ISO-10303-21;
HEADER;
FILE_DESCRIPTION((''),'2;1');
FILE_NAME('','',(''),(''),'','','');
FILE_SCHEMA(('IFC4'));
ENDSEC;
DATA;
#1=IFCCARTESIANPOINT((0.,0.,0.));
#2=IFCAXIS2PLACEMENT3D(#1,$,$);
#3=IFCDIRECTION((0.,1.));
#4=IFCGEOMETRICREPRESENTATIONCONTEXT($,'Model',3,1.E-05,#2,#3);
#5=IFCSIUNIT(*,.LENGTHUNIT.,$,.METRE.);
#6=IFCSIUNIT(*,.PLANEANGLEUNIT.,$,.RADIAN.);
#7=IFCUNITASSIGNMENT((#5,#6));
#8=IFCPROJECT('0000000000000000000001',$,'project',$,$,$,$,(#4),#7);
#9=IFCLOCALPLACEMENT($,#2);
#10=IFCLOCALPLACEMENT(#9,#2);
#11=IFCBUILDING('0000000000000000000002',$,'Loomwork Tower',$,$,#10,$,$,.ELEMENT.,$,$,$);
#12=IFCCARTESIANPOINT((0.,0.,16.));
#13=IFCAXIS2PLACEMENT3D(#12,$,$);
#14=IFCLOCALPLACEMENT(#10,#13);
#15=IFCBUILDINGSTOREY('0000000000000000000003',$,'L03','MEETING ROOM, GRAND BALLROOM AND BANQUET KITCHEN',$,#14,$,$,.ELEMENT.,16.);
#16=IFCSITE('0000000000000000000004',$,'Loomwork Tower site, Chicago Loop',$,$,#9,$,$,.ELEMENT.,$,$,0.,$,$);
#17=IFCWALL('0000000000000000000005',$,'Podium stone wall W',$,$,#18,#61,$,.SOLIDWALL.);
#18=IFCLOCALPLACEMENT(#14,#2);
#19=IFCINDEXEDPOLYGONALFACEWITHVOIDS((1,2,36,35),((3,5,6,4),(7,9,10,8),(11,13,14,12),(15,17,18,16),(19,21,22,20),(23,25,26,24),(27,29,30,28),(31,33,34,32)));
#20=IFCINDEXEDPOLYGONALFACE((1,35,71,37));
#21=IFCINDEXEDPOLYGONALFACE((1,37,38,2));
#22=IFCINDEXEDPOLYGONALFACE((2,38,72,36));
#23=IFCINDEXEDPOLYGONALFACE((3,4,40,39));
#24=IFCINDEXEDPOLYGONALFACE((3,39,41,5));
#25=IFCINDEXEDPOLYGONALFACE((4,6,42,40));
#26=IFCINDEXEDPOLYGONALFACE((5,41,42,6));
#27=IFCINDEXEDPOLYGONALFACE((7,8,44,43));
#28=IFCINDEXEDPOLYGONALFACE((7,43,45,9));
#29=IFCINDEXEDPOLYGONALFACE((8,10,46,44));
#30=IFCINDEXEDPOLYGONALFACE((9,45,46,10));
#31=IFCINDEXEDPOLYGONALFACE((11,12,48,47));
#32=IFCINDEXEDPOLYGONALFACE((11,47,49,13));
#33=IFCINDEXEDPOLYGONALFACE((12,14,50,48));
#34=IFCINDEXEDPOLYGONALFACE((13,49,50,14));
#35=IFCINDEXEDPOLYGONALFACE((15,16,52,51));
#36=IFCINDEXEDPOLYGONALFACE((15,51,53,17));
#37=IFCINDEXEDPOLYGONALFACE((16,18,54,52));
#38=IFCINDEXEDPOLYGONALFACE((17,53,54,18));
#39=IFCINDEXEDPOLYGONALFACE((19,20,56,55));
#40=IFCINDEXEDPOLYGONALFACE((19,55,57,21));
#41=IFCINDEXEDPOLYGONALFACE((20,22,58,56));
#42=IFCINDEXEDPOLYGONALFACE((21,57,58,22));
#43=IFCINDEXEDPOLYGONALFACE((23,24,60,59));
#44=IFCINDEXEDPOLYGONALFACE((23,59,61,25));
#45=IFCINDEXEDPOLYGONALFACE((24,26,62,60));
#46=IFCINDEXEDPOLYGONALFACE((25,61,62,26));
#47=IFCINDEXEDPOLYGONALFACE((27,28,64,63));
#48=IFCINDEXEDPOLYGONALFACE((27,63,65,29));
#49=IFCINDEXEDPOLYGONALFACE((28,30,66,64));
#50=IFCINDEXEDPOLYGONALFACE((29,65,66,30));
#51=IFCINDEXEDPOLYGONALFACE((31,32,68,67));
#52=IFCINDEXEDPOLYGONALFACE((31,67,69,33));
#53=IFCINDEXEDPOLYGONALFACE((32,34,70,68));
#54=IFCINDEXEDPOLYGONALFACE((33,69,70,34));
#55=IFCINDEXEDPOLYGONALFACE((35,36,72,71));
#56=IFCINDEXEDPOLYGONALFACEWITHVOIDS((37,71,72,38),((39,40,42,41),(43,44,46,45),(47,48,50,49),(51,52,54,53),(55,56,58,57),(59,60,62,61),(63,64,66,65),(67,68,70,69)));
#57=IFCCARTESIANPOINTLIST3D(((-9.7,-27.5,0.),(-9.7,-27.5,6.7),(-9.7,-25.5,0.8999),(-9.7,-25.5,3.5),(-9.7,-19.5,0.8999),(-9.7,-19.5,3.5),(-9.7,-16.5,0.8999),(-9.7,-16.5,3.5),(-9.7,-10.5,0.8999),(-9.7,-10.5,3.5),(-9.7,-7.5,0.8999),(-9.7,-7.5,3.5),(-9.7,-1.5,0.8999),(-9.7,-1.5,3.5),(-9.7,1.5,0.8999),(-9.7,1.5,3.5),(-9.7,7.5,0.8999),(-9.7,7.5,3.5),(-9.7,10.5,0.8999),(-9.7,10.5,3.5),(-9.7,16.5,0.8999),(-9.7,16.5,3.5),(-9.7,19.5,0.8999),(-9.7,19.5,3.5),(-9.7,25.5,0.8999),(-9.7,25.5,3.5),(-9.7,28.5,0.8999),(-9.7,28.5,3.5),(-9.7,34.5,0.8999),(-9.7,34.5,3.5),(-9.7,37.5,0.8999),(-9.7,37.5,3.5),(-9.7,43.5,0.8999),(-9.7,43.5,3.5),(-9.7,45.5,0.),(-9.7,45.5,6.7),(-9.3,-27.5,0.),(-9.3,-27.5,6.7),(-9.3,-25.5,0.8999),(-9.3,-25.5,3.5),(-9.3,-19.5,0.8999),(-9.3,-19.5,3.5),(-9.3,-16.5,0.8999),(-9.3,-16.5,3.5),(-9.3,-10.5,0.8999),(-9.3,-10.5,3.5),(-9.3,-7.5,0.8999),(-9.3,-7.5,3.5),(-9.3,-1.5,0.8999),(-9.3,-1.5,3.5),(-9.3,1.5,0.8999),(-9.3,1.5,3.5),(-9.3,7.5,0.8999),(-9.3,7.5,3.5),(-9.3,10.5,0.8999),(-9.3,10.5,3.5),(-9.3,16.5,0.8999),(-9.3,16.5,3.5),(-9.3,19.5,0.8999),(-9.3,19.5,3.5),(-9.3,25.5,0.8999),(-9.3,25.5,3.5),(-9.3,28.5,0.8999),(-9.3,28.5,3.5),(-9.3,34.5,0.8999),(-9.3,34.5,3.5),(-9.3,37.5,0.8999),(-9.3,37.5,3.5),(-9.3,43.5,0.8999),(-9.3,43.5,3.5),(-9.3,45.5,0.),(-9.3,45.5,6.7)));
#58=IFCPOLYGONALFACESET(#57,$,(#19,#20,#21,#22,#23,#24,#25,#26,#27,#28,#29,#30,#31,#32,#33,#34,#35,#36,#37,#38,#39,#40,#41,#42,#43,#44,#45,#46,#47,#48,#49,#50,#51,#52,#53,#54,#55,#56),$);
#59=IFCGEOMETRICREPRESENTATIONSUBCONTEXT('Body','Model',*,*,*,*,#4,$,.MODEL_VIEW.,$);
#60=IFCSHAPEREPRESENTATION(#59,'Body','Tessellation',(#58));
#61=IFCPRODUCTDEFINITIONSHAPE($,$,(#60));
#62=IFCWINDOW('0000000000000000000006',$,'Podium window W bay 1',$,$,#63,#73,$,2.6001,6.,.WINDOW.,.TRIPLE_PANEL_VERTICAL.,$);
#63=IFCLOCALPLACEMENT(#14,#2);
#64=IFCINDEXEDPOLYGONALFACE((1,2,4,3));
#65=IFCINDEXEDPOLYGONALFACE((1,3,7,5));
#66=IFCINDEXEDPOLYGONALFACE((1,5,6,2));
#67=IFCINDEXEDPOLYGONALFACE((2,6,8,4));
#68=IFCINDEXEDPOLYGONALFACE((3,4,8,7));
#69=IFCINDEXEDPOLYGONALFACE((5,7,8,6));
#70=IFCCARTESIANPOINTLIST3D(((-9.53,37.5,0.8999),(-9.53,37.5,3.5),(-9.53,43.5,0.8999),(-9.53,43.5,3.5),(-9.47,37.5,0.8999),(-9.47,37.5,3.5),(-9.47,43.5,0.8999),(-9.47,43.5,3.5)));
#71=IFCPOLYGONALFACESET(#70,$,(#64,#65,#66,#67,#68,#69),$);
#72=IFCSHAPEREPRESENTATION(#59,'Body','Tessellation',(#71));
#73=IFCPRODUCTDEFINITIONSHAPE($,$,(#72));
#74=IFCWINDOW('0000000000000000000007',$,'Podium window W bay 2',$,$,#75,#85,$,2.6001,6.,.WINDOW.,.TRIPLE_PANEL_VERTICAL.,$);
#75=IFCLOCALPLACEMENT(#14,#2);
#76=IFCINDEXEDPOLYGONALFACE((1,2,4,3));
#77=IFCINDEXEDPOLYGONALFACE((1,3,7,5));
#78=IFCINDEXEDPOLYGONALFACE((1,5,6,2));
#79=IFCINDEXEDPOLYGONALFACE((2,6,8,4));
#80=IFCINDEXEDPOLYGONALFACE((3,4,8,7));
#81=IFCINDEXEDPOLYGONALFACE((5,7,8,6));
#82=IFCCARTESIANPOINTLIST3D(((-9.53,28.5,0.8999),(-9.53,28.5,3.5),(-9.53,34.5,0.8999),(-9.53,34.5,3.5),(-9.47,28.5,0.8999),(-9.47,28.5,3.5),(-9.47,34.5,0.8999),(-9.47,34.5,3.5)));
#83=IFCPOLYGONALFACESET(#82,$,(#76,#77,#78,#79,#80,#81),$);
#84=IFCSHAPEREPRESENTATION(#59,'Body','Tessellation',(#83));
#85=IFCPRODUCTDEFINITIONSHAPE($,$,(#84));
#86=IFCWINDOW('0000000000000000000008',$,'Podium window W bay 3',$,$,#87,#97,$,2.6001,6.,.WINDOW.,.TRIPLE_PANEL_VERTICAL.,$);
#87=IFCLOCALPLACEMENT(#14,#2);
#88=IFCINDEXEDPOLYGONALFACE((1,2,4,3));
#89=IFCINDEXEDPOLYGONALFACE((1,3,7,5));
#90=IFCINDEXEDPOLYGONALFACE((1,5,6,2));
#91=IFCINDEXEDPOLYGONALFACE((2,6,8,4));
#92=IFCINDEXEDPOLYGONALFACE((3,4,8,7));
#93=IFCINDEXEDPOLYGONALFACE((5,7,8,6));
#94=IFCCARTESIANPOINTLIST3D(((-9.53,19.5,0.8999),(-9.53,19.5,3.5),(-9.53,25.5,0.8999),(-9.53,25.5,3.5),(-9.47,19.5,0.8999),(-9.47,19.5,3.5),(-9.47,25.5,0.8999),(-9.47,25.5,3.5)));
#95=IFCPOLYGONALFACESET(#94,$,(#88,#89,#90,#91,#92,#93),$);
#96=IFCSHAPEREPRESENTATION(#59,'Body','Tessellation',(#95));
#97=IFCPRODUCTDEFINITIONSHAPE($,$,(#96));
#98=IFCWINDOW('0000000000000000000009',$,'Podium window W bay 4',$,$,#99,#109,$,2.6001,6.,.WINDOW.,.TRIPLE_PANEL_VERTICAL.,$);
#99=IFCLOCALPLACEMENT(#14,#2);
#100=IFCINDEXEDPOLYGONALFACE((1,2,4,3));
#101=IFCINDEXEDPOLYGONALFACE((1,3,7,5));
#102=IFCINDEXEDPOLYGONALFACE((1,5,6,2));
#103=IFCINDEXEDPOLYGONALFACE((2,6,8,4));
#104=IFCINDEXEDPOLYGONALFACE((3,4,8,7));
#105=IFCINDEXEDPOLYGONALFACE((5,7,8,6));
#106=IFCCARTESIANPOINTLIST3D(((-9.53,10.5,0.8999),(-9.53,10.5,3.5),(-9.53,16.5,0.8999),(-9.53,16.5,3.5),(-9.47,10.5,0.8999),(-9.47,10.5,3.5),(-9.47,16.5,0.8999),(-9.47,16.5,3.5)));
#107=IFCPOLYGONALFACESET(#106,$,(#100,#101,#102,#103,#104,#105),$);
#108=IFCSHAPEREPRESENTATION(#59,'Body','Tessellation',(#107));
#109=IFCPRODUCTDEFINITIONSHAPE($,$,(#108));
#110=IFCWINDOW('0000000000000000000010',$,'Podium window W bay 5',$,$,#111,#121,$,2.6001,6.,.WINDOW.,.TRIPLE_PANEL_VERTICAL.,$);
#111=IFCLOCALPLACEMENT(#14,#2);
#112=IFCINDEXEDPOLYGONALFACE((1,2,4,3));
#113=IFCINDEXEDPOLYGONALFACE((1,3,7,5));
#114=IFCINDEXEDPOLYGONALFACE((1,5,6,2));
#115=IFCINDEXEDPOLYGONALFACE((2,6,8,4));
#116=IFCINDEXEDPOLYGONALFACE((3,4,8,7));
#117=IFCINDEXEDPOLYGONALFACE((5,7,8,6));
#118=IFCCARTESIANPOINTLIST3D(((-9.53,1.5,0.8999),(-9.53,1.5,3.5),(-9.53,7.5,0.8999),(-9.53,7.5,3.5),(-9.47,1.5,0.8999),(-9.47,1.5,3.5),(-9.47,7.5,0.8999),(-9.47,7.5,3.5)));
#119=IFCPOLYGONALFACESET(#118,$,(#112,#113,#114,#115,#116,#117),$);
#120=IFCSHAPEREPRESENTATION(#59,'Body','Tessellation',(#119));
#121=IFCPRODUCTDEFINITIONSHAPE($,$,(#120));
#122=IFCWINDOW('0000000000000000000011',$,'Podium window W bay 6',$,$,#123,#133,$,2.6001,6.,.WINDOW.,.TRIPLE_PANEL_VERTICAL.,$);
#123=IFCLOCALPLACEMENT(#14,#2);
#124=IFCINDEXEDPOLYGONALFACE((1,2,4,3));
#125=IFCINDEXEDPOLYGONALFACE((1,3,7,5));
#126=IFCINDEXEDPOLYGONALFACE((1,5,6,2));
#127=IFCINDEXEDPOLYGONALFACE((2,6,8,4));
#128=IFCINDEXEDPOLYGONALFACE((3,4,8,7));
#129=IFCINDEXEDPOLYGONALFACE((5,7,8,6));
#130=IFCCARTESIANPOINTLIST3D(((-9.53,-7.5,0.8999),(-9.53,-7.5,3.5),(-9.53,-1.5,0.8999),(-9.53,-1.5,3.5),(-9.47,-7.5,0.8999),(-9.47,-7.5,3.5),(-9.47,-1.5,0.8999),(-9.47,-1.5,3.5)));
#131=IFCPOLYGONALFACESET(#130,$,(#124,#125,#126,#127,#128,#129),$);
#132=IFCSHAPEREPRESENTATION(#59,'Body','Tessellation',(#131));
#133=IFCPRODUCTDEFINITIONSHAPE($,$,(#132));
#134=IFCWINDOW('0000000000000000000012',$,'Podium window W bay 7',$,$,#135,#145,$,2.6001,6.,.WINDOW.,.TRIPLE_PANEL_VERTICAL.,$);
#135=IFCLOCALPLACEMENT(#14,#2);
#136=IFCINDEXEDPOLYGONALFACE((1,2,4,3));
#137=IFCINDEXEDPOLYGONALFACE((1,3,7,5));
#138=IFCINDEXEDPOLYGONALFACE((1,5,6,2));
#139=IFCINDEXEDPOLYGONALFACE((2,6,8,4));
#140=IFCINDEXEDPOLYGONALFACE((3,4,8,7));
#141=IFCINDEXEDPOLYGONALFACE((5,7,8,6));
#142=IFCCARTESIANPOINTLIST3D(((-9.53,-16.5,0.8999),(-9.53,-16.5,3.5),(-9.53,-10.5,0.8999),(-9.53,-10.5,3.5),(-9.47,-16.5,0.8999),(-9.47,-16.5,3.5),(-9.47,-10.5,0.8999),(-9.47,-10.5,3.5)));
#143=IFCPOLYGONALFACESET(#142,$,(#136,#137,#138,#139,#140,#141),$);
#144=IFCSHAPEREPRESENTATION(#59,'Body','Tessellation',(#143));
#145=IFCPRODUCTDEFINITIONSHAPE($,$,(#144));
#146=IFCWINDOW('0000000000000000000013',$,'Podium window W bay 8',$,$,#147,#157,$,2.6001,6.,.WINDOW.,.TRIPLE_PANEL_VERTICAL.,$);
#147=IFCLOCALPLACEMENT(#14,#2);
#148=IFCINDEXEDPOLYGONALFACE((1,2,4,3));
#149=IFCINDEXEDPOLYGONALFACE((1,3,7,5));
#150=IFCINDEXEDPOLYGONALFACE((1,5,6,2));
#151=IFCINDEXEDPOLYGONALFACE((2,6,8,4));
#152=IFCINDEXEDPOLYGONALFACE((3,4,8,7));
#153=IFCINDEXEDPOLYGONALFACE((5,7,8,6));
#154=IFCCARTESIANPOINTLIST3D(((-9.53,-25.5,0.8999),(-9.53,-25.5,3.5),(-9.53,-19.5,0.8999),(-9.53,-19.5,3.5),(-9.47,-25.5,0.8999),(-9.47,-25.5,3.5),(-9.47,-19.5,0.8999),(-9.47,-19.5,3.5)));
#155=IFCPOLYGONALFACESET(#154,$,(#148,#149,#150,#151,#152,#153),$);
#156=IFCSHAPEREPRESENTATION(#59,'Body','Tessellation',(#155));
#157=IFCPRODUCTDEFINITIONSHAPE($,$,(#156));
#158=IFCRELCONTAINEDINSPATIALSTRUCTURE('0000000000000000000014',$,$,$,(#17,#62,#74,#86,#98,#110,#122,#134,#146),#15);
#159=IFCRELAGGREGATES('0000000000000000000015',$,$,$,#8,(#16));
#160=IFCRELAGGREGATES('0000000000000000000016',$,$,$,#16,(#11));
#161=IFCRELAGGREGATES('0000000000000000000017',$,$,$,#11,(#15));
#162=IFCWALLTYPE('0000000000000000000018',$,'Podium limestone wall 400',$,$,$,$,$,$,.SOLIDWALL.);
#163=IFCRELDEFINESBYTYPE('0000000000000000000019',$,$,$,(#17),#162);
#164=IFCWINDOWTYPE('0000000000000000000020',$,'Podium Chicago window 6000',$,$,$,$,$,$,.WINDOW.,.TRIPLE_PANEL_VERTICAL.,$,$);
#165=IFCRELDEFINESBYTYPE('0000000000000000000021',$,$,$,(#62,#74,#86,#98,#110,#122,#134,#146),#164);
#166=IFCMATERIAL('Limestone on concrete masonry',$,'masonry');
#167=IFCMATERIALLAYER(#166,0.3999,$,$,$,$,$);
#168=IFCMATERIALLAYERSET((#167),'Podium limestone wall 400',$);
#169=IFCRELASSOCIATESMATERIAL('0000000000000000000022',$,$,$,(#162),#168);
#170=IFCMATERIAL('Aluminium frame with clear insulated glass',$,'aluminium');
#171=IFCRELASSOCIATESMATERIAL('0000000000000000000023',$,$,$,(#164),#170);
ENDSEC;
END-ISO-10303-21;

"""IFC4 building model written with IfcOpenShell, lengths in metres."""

from ifc_helpers import new_model, si_unit, direction, frame, frame_2d, origin, place, context, subcontext, project, spatial, rectangle, extrude, material, layer, layer_set, type_object, element, fill, save


model = new_model("IFC4")

# Units and contexts
model_context = context("Model", 3, precision=1e-05, world=origin(), true_north=direction((0.0, 1.0)))
body_context = subcontext(model_context, "Body", "Model", "MODEL_VIEW")
ifc_project = project(units=[si_unit("LENGTHUNIT", "METRE"), si_unit("PLANEANGLEUNIT", "RADIAN")], contexts=[model_context])

# Site, building, storey
site_placement = place(None, origin())
site = spatial("IfcSite", under=ifc_project, at=site_placement, Name="Loomwork Tower site, Chicago Loop", CompositionType="ELEMENT", RefElevation=0.0)
building_placement = place(site_placement, origin())
building = spatial("IfcBuilding", under=site, at=building_placement, Name="Loomwork Tower", CompositionType="ELEMENT")
storey_placement = place(building_placement, frame((0.0, 0.0, 16.0)))
storey = spatial("IfcBuildingStorey", under=building, at=storey_placement, Name="L03", Description="MEETING ROOM, GRAND BALLROOM AND BANQUET KITCHEN", CompositionType="ELEMENT", Elevation=16.0)

# Wall, openings, windows
ifc_material_1 = material(Name="Limestone on concrete masonry", Category="masonry")
ifc_layer_1 = layer(ifc_material_1, 0.3999)
ifc_layer_set_1 = layer_set([ifc_layer_1], Name="Podium limestone wall 400")
wall_type_1 = type_object("IfcWallType", Name="Podium limestone wall 400", PredefinedType="SOLIDWALL", material=ifc_layer_set_1)
wall_1_placement = place(storey_placement, frame((-9.5, 45.5, 0.0), z_axis=(0.0, 0.0, 1.0), x_axis=(0.0, -1.0, 0.0)))
wall_1 = element("IfcWall", 1, at=wall_1_placement, inside=storey, type_object=wall_type_1, Name="Podium stone wall W", PredefinedType="SOLIDWALL", context=body_context, shape_type="SweptSolid", body=[
    extrude(rectangle(XDim=73.0, YDim=0.3999, at=frame_2d((36.5, 0.0))), origin(), (0.0, 0.0, 1.0), 6.7),
])
opening_1_placement = place(wall_1_placement, frame((2.0, 0.0, 0.8999)))
opening_1 = element("IfcOpeningElement", 2, at=opening_1_placement, cuts=wall_1, PredefinedType="OPENING", context=body_context, shape_type="SweptSolid", body=[
    extrude(rectangle(XDim=6.0, YDim=2.6001, at=frame_2d((3.0, 1.3))), frame((0.0, 0.21, 0.0), z_axis=(0.0, -1.0, 0.0), x_axis=(1.0, 0.0, 0.0)), (0.0, 0.0, 1.0), 0.4199),
])
opening_2_placement = place(wall_1_placement, frame((11.0, 0.0, 0.8999)))
opening_2 = element("IfcOpeningElement", 3, at=opening_2_placement, cuts=wall_1, PredefinedType="OPENING", context=body_context, shape_type="SweptSolid", body=[
    extrude(rectangle(XDim=6.0, YDim=2.6001, at=frame_2d((3.0, 1.3))), frame((0.0, 0.21, 0.0), z_axis=(0.0, -1.0, 0.0), x_axis=(1.0, 0.0, 0.0)), (0.0, 0.0, 1.0), 0.4199),
])
opening_3_placement = place(wall_1_placement, frame((20.0, 0.0, 0.8999)))
opening_3 = element("IfcOpeningElement", 4, at=opening_3_placement, cuts=wall_1, PredefinedType="OPENING", context=body_context, shape_type="SweptSolid", body=[
    extrude(rectangle(XDim=6.0, YDim=2.6001, at=frame_2d((3.0, 1.3))), frame((0.0, 0.21, 0.0), z_axis=(0.0, -1.0, 0.0), x_axis=(1.0, 0.0, 0.0)), (0.0, 0.0, 1.0), 0.4199),
])
opening_4_placement = place(wall_1_placement, frame((29.0, 0.0, 0.8999)))
opening_4 = element("IfcOpeningElement", 5, at=opening_4_placement, cuts=wall_1, PredefinedType="OPENING", context=body_context, shape_type="SweptSolid", body=[
    extrude(rectangle(XDim=6.0, YDim=2.6001, at=frame_2d((3.0, 1.3))), frame((0.0, 0.21, 0.0), z_axis=(0.0, -1.0, 0.0), x_axis=(1.0, 0.0, 0.0)), (0.0, 0.0, 1.0), 0.4199),
])
opening_5_placement = place(wall_1_placement, frame((38.0, 0.0, 0.8999)))
opening_5 = element("IfcOpeningElement", 6, at=opening_5_placement, cuts=wall_1, PredefinedType="OPENING", context=body_context, shape_type="SweptSolid", body=[
    extrude(rectangle(XDim=6.0, YDim=2.6001, at=frame_2d((3.0, 1.3))), frame((0.0, 0.21, 0.0), z_axis=(0.0, -1.0, 0.0), x_axis=(1.0, 0.0, 0.0)), (0.0, 0.0, 1.0), 0.4199),
])
opening_6_placement = place(wall_1_placement, frame((47.0, 0.0, 0.8999)))
opening_6 = element("IfcOpeningElement", 7, at=opening_6_placement, cuts=wall_1, PredefinedType="OPENING", context=body_context, shape_type="SweptSolid", body=[
    extrude(rectangle(XDim=6.0, YDim=2.6001, at=frame_2d((3.0, 1.3))), frame((0.0, 0.21, 0.0), z_axis=(0.0, -1.0, 0.0), x_axis=(1.0, 0.0, 0.0)), (0.0, 0.0, 1.0), 0.4199),
])
opening_7_placement = place(wall_1_placement, frame((56.0, 0.0, 0.8999)))
opening_7 = element("IfcOpeningElement", 8, at=opening_7_placement, cuts=wall_1, PredefinedType="OPENING", context=body_context, shape_type="SweptSolid", body=[
    extrude(rectangle(XDim=6.0, YDim=2.6001, at=frame_2d((3.0, 1.3))), frame((0.0, 0.21, 0.0), z_axis=(0.0, -1.0, 0.0), x_axis=(1.0, 0.0, 0.0)), (0.0, 0.0, 1.0), 0.4199),
])
opening_8_placement = place(wall_1_placement, frame((65.0, 0.0, 0.8999)))
opening_8 = element("IfcOpeningElement", 9, at=opening_8_placement, cuts=wall_1, PredefinedType="OPENING", context=body_context, shape_type="SweptSolid", body=[
    extrude(rectangle(XDim=6.0, YDim=2.6001, at=frame_2d((3.0, 1.3))), frame((0.0, 0.21, 0.0), z_axis=(0.0, -1.0, 0.0), x_axis=(1.0, 0.0, 0.0)), (0.0, 0.0, 1.0), 0.4199),
])
ifc_material_2 = material(Name="Aluminium frame with clear insulated glass", Category="aluminium")
window_type = type_object("IfcWindowType", Name="Podium Chicago window 6000", PartitioningType="TRIPLE_PANEL_VERTICAL", PredefinedType="WINDOW", material=ifc_material_2)
window_1_placement = place(opening_1_placement, origin())
window_1 = element("IfcWindow", 10, at=window_1_placement, inside=storey, type_object=window_type, Name="Podium window W bay 1", OverallHeight=2.6001, OverallWidth=6.0, PartitioningType="TRIPLE_PANEL_VERTICAL", PredefinedType="WINDOW", context=body_context, shape_type="SweptSolid", body=[
    extrude(rectangle(XDim=6.0, YDim=2.6001, at=frame_2d((3.0, 1.3))), frame((0.0, 0.03, 0.0), z_axis=(0.0, -1.0, 0.0), x_axis=(1.0, 0.0, 0.0)), (0.0, 0.0, 1.0), 0.0601),
])
fill(opening_1, window_1)
window_2_placement = place(opening_2_placement, origin())
window_2 = element("IfcWindow", 11, at=window_2_placement, inside=storey, type_object=window_type, Name="Podium window W bay 2", OverallHeight=2.6001, OverallWidth=6.0, PartitioningType="TRIPLE_PANEL_VERTICAL", PredefinedType="WINDOW", context=body_context, shape_type="SweptSolid", body=[
    extrude(rectangle(XDim=6.0, YDim=2.6001, at=frame_2d((3.0, 1.3))), frame((0.0, 0.03, 0.0), z_axis=(0.0, -1.0, 0.0), x_axis=(1.0, 0.0, 0.0)), (0.0, 0.0, 1.0), 0.0601),
])
fill(opening_2, window_2)
window_3_placement = place(opening_3_placement, origin())
window_3 = element("IfcWindow", 12, at=window_3_placement, inside=storey, type_object=window_type, Name="Podium window W bay 3", OverallHeight=2.6001, OverallWidth=6.0, PartitioningType="TRIPLE_PANEL_VERTICAL", PredefinedType="WINDOW", context=body_context, shape_type="SweptSolid", body=[
    extrude(rectangle(XDim=6.0, YDim=2.6001, at=frame_2d((3.0, 1.3))), frame((0.0, 0.03, 0.0), z_axis=(0.0, -1.0, 0.0), x_axis=(1.0, 0.0, 0.0)), (0.0, 0.0, 1.0), 0.0601),
])
fill(opening_3, window_3)
window_4_placement = place(opening_4_placement, origin())
window_4 = element("IfcWindow", 13, at=window_4_placement, inside=storey, type_object=window_type, Name="Podium window W bay 4", OverallHeight=2.6001, OverallWidth=6.0, PartitioningType="TRIPLE_PANEL_VERTICAL", PredefinedType="WINDOW", context=body_context, shape_type="SweptSolid", body=[
    extrude(rectangle(XDim=6.0, YDim=2.6001, at=frame_2d((3.0, 1.3))), frame((0.0, 0.03, 0.0), z_axis=(0.0, -1.0, 0.0), x_axis=(1.0, 0.0, 0.0)), (0.0, 0.0, 1.0), 0.0601),
])
fill(opening_4, window_4)
window_5_placement = place(opening_5_placement, origin())
window_5 = element("IfcWindow", 14, at=window_5_placement, inside=storey, type_object=window_type, Name="Podium window W bay 5", OverallHeight=2.6001, OverallWidth=6.0, PartitioningType="TRIPLE_PANEL_VERTICAL", PredefinedType="WINDOW", context=body_context, shape_type="SweptSolid", body=[
    extrude(rectangle(XDim=6.0, YDim=2.6001, at=frame_2d((3.0, 1.3))), frame((0.0, 0.03, 0.0), z_axis=(0.0, -1.0, 0.0), x_axis=(1.0, 0.0, 0.0)), (0.0, 0.0, 1.0), 0.0601),
])
fill(opening_5, window_5)
window_6_placement = place(opening_6_placement, origin())
window_6 = element("IfcWindow", 15, at=window_6_placement, inside=storey, type_object=window_type, Name="Podium window W bay 6", OverallHeight=2.6001, OverallWidth=6.0, PartitioningType="TRIPLE_PANEL_VERTICAL", PredefinedType="WINDOW", context=body_context, shape_type="SweptSolid", body=[
    extrude(rectangle(XDim=6.0, YDim=2.6001, at=frame_2d((3.0, 1.3))), frame((0.0, 0.03, 0.0), z_axis=(0.0, -1.0, 0.0), x_axis=(1.0, 0.0, 0.0)), (0.0, 0.0, 1.0), 0.0601),
])
fill(opening_6, window_6)
window_7_placement = place(opening_7_placement, origin())
window_7 = element("IfcWindow", 16, at=window_7_placement, inside=storey, type_object=window_type, Name="Podium window W bay 7", OverallHeight=2.6001, OverallWidth=6.0, PartitioningType="TRIPLE_PANEL_VERTICAL", PredefinedType="WINDOW", context=body_context, shape_type="SweptSolid", body=[
    extrude(rectangle(XDim=6.0, YDim=2.6001, at=frame_2d((3.0, 1.3))), frame((0.0, 0.03, 0.0), z_axis=(0.0, -1.0, 0.0), x_axis=(1.0, 0.0, 0.0)), (0.0, 0.0, 1.0), 0.0601),
])
fill(opening_7, window_7)
window_8_placement = place(opening_8_placement, origin())
window_8 = element("IfcWindow", 17, at=window_8_placement, inside=storey, type_object=window_type, Name="Podium window W bay 8", OverallHeight=2.6001, OverallWidth=6.0, PartitioningType="TRIPLE_PANEL_VERTICAL", PredefinedType="WINDOW", context=body_context, shape_type="SweptSolid", body=[
    extrude(rectangle(XDim=6.0, YDim=2.6001, at=frame_2d((3.0, 1.3))), frame((0.0, 0.03, 0.0), z_axis=(0.0, -1.0, 0.0), x_axis=(1.0, 0.0, 0.0)), (0.0, 0.0, 1.0), 0.0601),
])
fill(opening_8, window_8)

save(model, "model.ifc")
